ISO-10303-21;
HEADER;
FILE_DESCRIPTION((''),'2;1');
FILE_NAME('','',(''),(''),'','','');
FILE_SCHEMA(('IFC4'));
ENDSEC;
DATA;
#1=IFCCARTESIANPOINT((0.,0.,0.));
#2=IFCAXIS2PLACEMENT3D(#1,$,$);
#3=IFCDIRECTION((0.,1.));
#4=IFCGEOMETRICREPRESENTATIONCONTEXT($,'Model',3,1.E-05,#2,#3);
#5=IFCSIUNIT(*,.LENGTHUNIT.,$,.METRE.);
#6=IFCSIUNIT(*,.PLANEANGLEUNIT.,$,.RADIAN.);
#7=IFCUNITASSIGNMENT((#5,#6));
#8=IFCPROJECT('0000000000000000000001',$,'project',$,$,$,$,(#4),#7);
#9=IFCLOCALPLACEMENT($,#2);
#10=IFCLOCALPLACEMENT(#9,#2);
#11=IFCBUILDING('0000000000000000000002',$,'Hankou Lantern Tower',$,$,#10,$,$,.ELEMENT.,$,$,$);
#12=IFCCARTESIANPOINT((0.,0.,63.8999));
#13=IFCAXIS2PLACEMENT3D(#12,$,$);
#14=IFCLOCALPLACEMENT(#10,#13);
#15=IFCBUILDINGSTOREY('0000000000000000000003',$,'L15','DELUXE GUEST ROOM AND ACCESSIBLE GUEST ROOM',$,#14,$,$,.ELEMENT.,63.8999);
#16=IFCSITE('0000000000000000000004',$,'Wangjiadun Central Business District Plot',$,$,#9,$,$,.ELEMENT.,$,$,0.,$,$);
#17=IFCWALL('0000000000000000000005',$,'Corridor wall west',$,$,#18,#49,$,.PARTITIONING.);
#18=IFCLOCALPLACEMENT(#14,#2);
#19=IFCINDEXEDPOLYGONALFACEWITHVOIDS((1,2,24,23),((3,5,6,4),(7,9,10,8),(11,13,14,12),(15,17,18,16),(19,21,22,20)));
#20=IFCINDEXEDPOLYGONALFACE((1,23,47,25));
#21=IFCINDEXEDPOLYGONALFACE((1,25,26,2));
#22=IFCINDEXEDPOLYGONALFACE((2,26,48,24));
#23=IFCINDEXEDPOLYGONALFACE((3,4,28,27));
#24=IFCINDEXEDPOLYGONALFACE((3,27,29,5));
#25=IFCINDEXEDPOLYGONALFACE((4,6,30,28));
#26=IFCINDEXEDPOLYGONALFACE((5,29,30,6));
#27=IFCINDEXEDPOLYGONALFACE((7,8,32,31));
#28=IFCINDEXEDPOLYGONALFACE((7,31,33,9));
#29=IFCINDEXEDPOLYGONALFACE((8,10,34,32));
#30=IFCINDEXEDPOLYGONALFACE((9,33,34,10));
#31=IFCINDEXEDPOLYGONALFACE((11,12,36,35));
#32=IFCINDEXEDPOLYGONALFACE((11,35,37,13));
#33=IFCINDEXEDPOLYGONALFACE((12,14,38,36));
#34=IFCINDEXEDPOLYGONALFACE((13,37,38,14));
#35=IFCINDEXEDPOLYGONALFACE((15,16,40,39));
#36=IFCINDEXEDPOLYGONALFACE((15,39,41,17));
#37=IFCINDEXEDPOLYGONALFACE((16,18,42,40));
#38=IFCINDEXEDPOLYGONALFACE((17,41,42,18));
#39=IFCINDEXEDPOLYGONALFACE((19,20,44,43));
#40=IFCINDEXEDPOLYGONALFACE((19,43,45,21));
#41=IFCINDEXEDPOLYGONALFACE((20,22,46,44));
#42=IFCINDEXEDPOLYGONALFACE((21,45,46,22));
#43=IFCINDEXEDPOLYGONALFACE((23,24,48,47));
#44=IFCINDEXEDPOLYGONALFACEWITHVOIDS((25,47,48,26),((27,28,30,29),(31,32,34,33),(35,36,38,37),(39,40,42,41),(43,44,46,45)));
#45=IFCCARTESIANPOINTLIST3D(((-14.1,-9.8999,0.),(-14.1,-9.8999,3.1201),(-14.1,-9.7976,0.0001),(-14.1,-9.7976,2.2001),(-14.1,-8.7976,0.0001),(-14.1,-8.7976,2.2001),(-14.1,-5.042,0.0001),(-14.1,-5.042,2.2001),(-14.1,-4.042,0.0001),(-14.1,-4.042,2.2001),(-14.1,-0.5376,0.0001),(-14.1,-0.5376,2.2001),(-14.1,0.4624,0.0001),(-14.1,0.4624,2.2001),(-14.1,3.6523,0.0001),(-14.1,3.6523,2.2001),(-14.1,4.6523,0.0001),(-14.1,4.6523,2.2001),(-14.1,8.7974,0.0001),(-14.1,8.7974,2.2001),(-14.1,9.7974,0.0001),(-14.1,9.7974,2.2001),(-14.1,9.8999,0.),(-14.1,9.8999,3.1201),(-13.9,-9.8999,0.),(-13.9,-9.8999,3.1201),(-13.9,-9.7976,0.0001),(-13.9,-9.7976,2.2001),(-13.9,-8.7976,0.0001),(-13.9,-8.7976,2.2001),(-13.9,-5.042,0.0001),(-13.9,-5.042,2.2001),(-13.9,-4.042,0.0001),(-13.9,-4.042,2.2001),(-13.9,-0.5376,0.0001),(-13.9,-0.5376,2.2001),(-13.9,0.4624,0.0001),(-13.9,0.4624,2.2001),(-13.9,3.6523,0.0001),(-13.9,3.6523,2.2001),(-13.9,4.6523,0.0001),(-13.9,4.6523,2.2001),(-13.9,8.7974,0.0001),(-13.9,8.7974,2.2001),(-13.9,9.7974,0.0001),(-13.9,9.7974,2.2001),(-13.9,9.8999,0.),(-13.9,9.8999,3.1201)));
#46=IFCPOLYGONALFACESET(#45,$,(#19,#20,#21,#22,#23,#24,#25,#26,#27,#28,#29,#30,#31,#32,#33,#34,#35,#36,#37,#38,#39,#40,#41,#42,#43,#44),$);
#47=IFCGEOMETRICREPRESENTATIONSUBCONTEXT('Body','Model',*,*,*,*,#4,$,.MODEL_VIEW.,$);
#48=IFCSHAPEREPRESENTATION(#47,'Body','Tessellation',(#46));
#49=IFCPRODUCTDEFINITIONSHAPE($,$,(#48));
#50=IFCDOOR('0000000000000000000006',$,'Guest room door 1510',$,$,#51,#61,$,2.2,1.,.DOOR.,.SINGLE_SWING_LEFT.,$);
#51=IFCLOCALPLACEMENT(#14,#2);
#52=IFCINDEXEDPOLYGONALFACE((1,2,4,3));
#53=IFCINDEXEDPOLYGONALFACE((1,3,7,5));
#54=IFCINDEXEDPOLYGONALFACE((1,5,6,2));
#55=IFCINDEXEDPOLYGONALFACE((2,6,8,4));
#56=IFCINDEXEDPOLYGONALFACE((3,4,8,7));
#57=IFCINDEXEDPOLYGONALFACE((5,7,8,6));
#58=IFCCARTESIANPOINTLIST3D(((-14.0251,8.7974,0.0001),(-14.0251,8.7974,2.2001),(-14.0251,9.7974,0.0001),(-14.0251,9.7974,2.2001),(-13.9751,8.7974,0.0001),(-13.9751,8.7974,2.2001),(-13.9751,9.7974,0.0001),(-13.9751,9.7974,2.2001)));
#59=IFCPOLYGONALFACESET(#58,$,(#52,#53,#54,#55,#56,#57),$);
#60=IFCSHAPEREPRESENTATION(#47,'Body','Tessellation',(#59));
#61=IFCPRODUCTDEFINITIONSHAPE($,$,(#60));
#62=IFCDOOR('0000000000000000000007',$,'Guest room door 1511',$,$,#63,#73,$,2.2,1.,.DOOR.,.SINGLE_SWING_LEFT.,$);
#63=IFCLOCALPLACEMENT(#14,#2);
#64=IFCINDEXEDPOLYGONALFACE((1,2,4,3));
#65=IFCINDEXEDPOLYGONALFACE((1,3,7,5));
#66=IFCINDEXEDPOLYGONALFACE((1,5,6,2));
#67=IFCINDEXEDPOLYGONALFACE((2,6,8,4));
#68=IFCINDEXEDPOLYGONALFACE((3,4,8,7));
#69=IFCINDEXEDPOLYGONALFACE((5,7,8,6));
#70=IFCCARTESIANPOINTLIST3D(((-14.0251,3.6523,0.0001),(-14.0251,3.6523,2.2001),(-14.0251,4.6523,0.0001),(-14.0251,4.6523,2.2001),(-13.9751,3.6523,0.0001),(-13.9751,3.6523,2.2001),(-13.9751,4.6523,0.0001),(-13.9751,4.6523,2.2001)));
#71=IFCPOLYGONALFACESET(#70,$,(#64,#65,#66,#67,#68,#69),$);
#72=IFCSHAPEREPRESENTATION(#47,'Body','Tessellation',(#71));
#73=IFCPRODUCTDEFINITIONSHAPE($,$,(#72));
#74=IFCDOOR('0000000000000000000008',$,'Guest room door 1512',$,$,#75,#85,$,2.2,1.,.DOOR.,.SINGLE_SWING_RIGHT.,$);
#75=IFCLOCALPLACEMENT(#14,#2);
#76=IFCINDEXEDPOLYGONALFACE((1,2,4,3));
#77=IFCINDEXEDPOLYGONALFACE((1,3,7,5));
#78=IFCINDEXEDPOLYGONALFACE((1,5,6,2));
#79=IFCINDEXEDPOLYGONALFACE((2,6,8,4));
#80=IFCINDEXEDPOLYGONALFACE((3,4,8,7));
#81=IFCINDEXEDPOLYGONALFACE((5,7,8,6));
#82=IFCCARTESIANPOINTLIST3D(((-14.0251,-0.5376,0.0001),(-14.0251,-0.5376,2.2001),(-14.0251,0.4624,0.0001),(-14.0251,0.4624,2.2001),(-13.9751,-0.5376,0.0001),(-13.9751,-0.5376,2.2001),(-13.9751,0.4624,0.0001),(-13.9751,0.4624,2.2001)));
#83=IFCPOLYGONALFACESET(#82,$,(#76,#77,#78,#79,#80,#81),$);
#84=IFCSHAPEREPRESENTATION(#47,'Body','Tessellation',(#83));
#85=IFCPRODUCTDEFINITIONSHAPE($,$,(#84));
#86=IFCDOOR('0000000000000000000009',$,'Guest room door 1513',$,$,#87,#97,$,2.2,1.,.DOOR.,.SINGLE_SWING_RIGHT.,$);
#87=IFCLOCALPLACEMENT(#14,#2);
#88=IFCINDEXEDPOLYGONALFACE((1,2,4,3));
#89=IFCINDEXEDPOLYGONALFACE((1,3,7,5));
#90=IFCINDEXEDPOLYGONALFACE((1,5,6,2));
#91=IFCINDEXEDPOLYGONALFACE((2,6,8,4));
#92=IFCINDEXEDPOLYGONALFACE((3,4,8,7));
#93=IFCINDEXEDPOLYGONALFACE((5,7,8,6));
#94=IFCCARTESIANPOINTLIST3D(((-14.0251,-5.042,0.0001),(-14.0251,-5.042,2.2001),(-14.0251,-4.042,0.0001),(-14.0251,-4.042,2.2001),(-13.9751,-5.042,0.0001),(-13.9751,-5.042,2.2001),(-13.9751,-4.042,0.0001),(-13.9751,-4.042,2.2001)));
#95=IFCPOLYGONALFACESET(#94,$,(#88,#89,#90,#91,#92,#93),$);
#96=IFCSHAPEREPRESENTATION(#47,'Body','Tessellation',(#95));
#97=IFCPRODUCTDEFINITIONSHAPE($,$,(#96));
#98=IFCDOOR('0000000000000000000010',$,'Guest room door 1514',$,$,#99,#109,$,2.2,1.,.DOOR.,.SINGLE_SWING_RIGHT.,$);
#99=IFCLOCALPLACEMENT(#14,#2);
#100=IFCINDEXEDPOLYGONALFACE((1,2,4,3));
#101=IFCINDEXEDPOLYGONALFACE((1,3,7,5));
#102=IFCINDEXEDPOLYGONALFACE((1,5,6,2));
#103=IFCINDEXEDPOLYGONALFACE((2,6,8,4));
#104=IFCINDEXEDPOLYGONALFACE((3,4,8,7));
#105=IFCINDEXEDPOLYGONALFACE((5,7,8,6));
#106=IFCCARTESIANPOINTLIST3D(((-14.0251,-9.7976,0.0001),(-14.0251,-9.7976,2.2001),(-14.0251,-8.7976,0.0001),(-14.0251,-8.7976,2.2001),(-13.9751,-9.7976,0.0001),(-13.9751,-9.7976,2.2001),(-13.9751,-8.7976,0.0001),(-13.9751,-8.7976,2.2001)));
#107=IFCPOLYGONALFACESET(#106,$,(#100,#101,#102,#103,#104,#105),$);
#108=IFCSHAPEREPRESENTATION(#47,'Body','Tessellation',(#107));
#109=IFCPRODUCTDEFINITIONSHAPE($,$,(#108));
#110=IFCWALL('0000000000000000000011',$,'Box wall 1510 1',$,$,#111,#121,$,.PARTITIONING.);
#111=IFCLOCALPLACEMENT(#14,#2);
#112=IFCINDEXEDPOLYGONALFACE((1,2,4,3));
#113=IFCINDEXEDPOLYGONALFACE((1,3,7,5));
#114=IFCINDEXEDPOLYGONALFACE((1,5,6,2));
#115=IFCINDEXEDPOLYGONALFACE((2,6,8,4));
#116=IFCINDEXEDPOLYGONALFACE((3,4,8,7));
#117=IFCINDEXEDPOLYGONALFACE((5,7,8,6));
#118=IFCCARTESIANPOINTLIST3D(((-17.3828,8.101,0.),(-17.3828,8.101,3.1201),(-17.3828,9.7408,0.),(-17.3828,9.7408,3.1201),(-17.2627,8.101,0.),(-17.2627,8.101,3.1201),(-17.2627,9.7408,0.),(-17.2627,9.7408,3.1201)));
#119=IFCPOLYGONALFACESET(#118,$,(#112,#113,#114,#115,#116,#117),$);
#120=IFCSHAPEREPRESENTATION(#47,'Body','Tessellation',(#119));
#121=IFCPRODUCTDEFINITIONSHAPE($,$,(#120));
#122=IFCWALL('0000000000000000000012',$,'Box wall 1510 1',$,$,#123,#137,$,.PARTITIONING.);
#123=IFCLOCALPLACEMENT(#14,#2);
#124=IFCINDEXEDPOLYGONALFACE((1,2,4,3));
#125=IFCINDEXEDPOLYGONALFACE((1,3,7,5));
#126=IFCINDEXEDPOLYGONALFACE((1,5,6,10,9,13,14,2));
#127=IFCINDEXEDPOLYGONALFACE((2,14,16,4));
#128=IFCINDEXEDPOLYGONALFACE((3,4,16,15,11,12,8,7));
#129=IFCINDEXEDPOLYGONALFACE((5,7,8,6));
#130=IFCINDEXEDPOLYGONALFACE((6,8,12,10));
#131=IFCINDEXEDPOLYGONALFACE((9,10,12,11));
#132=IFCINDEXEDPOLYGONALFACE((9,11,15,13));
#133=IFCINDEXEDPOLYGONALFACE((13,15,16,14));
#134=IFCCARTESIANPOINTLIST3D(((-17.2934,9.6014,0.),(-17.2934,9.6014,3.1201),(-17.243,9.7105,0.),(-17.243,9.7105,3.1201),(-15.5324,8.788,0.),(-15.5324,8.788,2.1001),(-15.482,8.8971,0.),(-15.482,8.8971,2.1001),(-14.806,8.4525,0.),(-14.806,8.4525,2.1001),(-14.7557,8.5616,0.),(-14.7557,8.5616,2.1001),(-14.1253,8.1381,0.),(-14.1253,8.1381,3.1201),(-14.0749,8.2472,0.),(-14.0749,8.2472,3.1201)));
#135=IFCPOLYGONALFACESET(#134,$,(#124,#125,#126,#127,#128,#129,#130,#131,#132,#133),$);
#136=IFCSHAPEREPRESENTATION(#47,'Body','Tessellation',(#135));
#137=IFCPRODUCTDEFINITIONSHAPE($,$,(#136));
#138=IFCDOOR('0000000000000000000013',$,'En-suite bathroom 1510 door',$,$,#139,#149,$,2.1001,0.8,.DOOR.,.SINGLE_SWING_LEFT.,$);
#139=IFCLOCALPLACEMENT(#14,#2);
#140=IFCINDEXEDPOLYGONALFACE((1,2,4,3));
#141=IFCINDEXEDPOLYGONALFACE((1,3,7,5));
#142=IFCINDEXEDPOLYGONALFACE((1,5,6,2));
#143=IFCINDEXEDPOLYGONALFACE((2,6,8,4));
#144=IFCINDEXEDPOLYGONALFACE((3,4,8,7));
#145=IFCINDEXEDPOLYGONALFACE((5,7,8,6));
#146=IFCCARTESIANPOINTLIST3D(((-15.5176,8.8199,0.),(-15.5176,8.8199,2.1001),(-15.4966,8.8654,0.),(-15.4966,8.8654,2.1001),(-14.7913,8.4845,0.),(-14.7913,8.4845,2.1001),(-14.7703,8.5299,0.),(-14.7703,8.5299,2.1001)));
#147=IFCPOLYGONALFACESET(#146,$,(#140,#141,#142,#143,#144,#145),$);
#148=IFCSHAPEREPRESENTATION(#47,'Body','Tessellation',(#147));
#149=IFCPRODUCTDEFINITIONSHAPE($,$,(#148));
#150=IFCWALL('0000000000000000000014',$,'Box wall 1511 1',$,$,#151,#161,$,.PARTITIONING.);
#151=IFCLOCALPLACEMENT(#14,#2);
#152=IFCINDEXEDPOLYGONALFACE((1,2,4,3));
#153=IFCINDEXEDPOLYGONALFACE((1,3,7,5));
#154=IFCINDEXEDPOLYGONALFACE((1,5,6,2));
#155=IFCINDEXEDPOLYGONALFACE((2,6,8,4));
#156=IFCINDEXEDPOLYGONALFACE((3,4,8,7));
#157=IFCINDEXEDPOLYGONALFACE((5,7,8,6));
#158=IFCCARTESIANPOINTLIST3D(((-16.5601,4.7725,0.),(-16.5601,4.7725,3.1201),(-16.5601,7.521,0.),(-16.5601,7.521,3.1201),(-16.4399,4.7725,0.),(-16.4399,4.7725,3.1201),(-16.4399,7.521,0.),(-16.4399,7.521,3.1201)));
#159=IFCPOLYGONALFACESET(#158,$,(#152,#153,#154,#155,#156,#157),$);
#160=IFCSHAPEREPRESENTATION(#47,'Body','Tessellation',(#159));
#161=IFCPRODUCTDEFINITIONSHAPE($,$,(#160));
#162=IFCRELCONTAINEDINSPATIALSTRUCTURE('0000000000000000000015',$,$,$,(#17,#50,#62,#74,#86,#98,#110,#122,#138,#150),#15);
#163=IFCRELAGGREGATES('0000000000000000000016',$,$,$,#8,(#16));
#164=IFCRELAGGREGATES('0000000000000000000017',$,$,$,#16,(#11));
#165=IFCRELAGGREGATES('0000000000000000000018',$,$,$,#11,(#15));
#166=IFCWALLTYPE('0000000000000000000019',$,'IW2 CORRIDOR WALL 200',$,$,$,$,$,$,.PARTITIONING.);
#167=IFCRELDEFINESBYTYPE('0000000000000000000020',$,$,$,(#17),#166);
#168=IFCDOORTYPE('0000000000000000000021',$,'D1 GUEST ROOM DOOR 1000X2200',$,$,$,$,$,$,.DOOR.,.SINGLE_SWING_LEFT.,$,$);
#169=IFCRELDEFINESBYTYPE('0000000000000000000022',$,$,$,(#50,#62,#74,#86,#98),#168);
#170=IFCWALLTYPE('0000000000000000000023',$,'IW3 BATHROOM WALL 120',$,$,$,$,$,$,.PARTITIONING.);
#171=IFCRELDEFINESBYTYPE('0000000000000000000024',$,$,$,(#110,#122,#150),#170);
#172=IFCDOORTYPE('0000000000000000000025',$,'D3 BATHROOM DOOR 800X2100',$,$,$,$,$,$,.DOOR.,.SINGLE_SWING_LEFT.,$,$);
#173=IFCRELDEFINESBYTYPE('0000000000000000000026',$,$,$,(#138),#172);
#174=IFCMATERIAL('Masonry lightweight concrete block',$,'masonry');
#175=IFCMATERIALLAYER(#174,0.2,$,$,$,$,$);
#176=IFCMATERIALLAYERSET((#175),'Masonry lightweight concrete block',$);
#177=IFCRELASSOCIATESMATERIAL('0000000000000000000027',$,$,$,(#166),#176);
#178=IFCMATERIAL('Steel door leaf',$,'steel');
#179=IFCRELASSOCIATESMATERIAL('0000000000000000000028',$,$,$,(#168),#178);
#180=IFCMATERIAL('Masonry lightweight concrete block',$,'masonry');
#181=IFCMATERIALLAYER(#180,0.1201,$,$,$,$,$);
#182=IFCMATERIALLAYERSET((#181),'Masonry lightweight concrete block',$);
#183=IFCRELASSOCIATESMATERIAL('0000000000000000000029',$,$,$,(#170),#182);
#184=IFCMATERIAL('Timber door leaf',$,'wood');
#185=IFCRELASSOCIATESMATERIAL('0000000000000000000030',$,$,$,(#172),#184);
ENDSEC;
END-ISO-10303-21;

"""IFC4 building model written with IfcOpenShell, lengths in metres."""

from ifc_helpers import new_model, si_unit, direction, frame, frame_2d, origin, place, context, subcontext, project, spatial, rectangle, extrude, material, layer, layer_set, type_object, element, fill, save


model = new_model("IFC4")

# Units and contexts
model_context = context("Model", 3, precision=1e-05, world=origin(), true_north=direction((0.0, 1.0)))
body_context = subcontext(model_context, "Body", "Model", "MODEL_VIEW")
ifc_project = project(units=[si_unit("LENGTHUNIT", "METRE"), si_unit("PLANEANGLEUNIT", "RADIAN")], contexts=[model_context])

# Site, building, storey
site_placement = place(None, origin())
site = spatial("IfcSite", under=ifc_project, at=site_placement, Name="Wangjiadun Central Business District Plot", CompositionType="ELEMENT", RefElevation=0.0)
building_placement = place(site_placement, origin())
building = spatial("IfcBuilding", under=site, at=building_placement, Name="Hankou Lantern Tower", CompositionType="ELEMENT")
storey_placement = place(building_placement, frame((0.0, 0.0, 63.8999)))
storey = spatial("IfcBuildingStorey", under=building, at=storey_placement, Name="L15", Description="DELUXE GUEST ROOM AND ACCESSIBLE GUEST ROOM", CompositionType="ELEMENT", Elevation=63.8999)

# Wall, openings, doors
ifc_material_1 = material(Name="Masonry lightweight concrete block", Category="masonry")
ifc_layer_1 = layer(ifc_material_1, 0.2)
ifc_layer_set_1 = layer_set([ifc_layer_1], Name="Masonry lightweight concrete block")
wall_type_1 = type_object("IfcWallType", Name="IW2 CORRIDOR WALL 200", PredefinedType="PARTITIONING", material=ifc_layer_set_1)
ifc_material_2 = material(Name="Steel door leaf", Category="steel")
door_type_1 = type_object("IfcDoorType", Name="D1 GUEST ROOM DOOR 1000X2200", OperationType="SINGLE_SWING_LEFT", PredefinedType="DOOR", material=ifc_material_2)
wall_1_placement = place(storey_placement, frame((-14.0, 9.8999, 0.0), z_axis=(0.0, 0.0, 1.0), x_axis=(0.0, -1.0, 0.0)))
wall_1 = element("IfcWall", 1, at=wall_1_placement, inside=storey, type_object=wall_type_1, Name="Corridor wall west", PredefinedType="PARTITIONING", context=body_context, shape_type="SweptSolid", body=[
    extrude(rectangle(XDim=19.7998, YDim=0.2, at=frame_2d((9.8999, 0.0))), origin(), (0.0, 0.0, 1.0), 3.1201),
])
opening_1_placement = place(wall_1_placement, frame((0.1025, 0.0, 0.0)))
opening_1 = element("IfcOpeningElement", 2, at=opening_1_placement, cuts=wall_1, PredefinedType="OPENING", context=body_context, shape_type="SweptSolid", body=[
    extrude(rectangle(XDim=1.0, YDim=2.2, at=frame_2d((0.5, 1.1001))), frame((0.0, 0.1099, 0.0), z_axis=(0.0, -1.0, 0.0), x_axis=(1.0, 0.0, 0.0)), (0.0, 0.0, 1.0), 0.22),
])
opening_2_placement = place(wall_1_placement, frame((5.2476, 0.0, 0.0)))
opening_2 = element("IfcOpeningElement", 3, at=opening_2_placement, cuts=wall_1, PredefinedType="OPENING", context=body_context, shape_type="SweptSolid", body=[
    extrude(rectangle(XDim=1.0, YDim=2.2, at=frame_2d((0.5, 1.1001))), frame((0.0, 0.1099, 0.0), z_axis=(0.0, -1.0, 0.0), x_axis=(1.0, 0.0, 0.0)), (0.0, 0.0, 1.0), 0.22),
])
opening_3_placement = place(wall_1_placement, frame((9.4375, 0.0, 0.0)))
opening_3 = element("IfcOpeningElement", 4, at=opening_3_placement, cuts=wall_1, PredefinedType="OPENING", context=body_context, shape_type="SweptSolid", body=[
    extrude(rectangle(XDim=1.0, YDim=2.2, at=frame_2d((0.5, 1.1001))), frame((0.0, 0.1099, 0.0), z_axis=(0.0, -1.0, 0.0), x_axis=(1.0, 0.0, 0.0)), (0.0, 0.0, 1.0), 0.22),
])
opening_4_placement = place(wall_1_placement, frame((13.9419, 0.0, 0.0)))
opening_4 = element("IfcOpeningElement", 5, at=opening_4_placement, cuts=wall_1, PredefinedType="OPENING", context=body_context, shape_type="SweptSolid", body=[
    extrude(rectangle(XDim=1.0, YDim=2.2, at=frame_2d((0.5, 1.1001))), frame((0.0, 0.1099, 0.0), z_axis=(0.0, -1.0, 0.0), x_axis=(1.0, 0.0, 0.0)), (0.0, 0.0, 1.0), 0.22),
])
opening_5_placement = place(wall_1_placement, frame((18.6975, 0.0, 0.0)))
opening_5 = element("IfcOpeningElement", 6, at=opening_5_placement, cuts=wall_1, PredefinedType="OPENING", context=body_context, shape_type="SweptSolid", body=[
    extrude(rectangle(XDim=1.0, YDim=2.2, at=frame_2d((0.5, 1.1001))), frame((0.0, 0.1099, 0.0), z_axis=(0.0, -1.0, 0.0), x_axis=(1.0, 0.0, 0.0)), (0.0, 0.0, 1.0), 0.22),
])
door_1_placement = place(opening_1_placement, origin())
door_1 = element("IfcDoor", 7, at=door_1_placement, inside=storey, type_object=door_type_1, Name="Guest room door 1510", OperationType="SINGLE_SWING_LEFT", OverallHeight=2.2, OverallWidth=1.0, PredefinedType="DOOR", context=body_context, shape_type="SweptSolid", body=[
    extrude(rectangle(XDim=1.0, YDim=2.2, at=frame_2d((0.5, 1.1001))), frame((0.0, 0.0249, 0.0), z_axis=(0.0, -1.0, 0.0), x_axis=(1.0, 0.0, 0.0)), (0.0, 0.0, 1.0), 0.05),
])
fill(opening_1, door_1)
door_2_placement = place(opening_2_placement, origin())
door_2 = element("IfcDoor", 8, at=door_2_placement, inside=storey, type_object=door_type_1, Name="Guest room door 1511", OperationType="SINGLE_SWING_LEFT", OverallHeight=2.2, OverallWidth=1.0, PredefinedType="DOOR", context=body_context, shape_type="SweptSolid", body=[
    extrude(rectangle(XDim=1.0, YDim=2.2, at=frame_2d((0.5, 1.1001))), frame((0.0, 0.0249, 0.0), z_axis=(0.0, -1.0, 0.0), x_axis=(1.0, 0.0, 0.0)), (0.0, 0.0, 1.0), 0.05),
])
fill(opening_2, door_2)
door_3_placement = place(opening_3_placement, origin())
door_3 = element("IfcDoor", 9, at=door_3_placement, inside=storey, type_object=door_type_1, Name="Guest room door 1512", OperationType="SINGLE_SWING_RIGHT", OverallHeight=2.2, OverallWidth=1.0, PredefinedType="DOOR", context=body_context, shape_type="SweptSolid", body=[
    extrude(rectangle(XDim=1.0, YDim=2.2, at=frame_2d((0.5, 1.1001))), frame((0.0, 0.0249, 0.0), z_axis=(0.0, -1.0, 0.0), x_axis=(1.0, 0.0, 0.0)), (0.0, 0.0, 1.0), 0.05),
])
fill(opening_3, door_3)
door_4_placement = place(opening_4_placement, origin())
door_4 = element("IfcDoor", 10, at=door_4_placement, inside=storey, type_object=door_type_1, Name="Guest room door 1513", OperationType="SINGLE_SWING_RIGHT", OverallHeight=2.2, OverallWidth=1.0, PredefinedType="DOOR", context=body_context, shape_type="SweptSolid", body=[
    extrude(rectangle(XDim=1.0, YDim=2.2, at=frame_2d((0.5, 1.1001))), frame((0.0, 0.0249, 0.0), z_axis=(0.0, -1.0, 0.0), x_axis=(1.0, 0.0, 0.0)), (0.0, 0.0, 1.0), 0.05),
])
fill(opening_4, door_4)
door_5_placement = place(opening_5_placement, origin())
door_5 = element("IfcDoor", 11, at=door_5_placement, inside=storey, type_object=door_type_1, Name="Guest room door 1514", OperationType="SINGLE_SWING_RIGHT", OverallHeight=2.2, OverallWidth=1.0, PredefinedType="DOOR", context=body_context, shape_type="SweptSolid", body=[
    extrude(rectangle(XDim=1.0, YDim=2.2, at=frame_2d((0.5, 1.1001))), frame((0.0, 0.0249, 0.0), z_axis=(0.0, -1.0, 0.0), x_axis=(1.0, 0.0, 0.0)), (0.0, 0.0, 1.0), 0.05),
])
fill(opening_5, door_5)

# Wall
ifc_material_3 = material(Name="Masonry lightweight concrete block", Category="masonry")
ifc_layer_2 = layer(ifc_material_3, 0.1201)
ifc_layer_set_2 = layer_set([ifc_layer_2], Name="Masonry lightweight concrete block")
wall_type_2 = type_object("IfcWallType", Name="IW3 BATHROOM WALL 120", PredefinedType="PARTITIONING", material=ifc_layer_set_2)
wall_2_placement = place(storey_placement, frame((-17.3228, 8.1011, 0.0), z_axis=(0.0, 0.0, 1.0), x_axis=(0.0, 1.0, 0.0)))
element("IfcWall", 12, at=wall_2_placement, inside=storey, type_object=wall_type_2, Name="Box wall 1510 1", PredefinedType="PARTITIONING", context=body_context, shape_type="SweptSolid", body=[
    extrude(rectangle(XDim=1.6399, YDim=0.1201, at=frame_2d((0.8198, 0.0))), origin(), (0.0, 0.0, 1.0), 3.1201),
])

# Wall, opening, door
wall_3_placement = place(storey_placement, frame((-14.1001, 8.1926, 0.0), z_axis=(0.0, 0.0, 1.0), x_axis=(-0.907836, 0.419324, 0.0)))
wall_3 = element("IfcWall", 13, at=wall_3_placement, inside=storey, type_object=wall_type_2, Name="Box wall 1510 1", PredefinedType="PARTITIONING", context=body_context, shape_type="SweptSolid", body=[
    extrude(rectangle(XDim=3.4897, YDim=0.1201, at=frame_2d((1.7449, 0.0))), origin(), (0.0, 0.0, 1.0), 3.1201),
])
opening_6_placement = place(wall_3_placement, frame((0.75, 0.0, 0.0)))
opening_6 = element("IfcOpeningElement", 14, at=opening_6_placement, cuts=wall_3, PredefinedType="OPENING", context=body_context, shape_type="SweptSolid", body=[
    extrude(rectangle(XDim=0.8, YDim=2.1001, at=frame_2d((0.3999, 1.05))), frame((0.0, 0.0701, 0.0), z_axis=(0.0, -1.0, 0.0), x_axis=(1.0, 0.0, 0.0)), (0.0, 0.0, 1.0), 0.1401),
])
ifc_material_4 = material(Name="Timber door leaf", Category="wood")
door_type_2 = type_object("IfcDoorType", Name="D3 BATHROOM DOOR 800X2100", OperationType="SINGLE_SWING_LEFT", PredefinedType="DOOR", material=ifc_material_4)
door_6_placement = place(opening_6_placement, origin())
door_6 = element("IfcDoor", 15, at=door_6_placement, inside=storey, type_object=door_type_2, Name="En-suite bathroom 1510 door", OperationType="SINGLE_SWING_LEFT", OverallHeight=2.1001, OverallWidth=0.8, PredefinedType="DOOR", context=body_context, shape_type="SweptSolid", body=[
    extrude(rectangle(XDim=0.8, YDim=2.1001, at=frame_2d((0.3999, 1.05))), frame((0.0, 0.0249, 0.0), z_axis=(0.0, -1.0, 0.0), x_axis=(1.0, 0.0, 0.0)), (0.0, 0.0, 1.0), 0.05),
])
fill(opening_6, door_6)

# Wall
wall_4_placement = place(storey_placement, frame((-16.5, 7.521, 0.0), z_axis=(0.0, 0.0, 1.0), x_axis=(0.0, -1.0, 0.0)))
element("IfcWall", 16, at=wall_4_placement, inside=storey, type_object=wall_type_2, Name="Box wall 1511 1", PredefinedType="PARTITIONING", context=body_context, shape_type="SweptSolid", body=[
    extrude(rectangle(XDim=2.7485, YDim=0.1201, at=frame_2d((1.3743, 0.0))), origin(), (0.0, 0.0, 1.0), 3.1201),
])

save(model, "model.ifc")
